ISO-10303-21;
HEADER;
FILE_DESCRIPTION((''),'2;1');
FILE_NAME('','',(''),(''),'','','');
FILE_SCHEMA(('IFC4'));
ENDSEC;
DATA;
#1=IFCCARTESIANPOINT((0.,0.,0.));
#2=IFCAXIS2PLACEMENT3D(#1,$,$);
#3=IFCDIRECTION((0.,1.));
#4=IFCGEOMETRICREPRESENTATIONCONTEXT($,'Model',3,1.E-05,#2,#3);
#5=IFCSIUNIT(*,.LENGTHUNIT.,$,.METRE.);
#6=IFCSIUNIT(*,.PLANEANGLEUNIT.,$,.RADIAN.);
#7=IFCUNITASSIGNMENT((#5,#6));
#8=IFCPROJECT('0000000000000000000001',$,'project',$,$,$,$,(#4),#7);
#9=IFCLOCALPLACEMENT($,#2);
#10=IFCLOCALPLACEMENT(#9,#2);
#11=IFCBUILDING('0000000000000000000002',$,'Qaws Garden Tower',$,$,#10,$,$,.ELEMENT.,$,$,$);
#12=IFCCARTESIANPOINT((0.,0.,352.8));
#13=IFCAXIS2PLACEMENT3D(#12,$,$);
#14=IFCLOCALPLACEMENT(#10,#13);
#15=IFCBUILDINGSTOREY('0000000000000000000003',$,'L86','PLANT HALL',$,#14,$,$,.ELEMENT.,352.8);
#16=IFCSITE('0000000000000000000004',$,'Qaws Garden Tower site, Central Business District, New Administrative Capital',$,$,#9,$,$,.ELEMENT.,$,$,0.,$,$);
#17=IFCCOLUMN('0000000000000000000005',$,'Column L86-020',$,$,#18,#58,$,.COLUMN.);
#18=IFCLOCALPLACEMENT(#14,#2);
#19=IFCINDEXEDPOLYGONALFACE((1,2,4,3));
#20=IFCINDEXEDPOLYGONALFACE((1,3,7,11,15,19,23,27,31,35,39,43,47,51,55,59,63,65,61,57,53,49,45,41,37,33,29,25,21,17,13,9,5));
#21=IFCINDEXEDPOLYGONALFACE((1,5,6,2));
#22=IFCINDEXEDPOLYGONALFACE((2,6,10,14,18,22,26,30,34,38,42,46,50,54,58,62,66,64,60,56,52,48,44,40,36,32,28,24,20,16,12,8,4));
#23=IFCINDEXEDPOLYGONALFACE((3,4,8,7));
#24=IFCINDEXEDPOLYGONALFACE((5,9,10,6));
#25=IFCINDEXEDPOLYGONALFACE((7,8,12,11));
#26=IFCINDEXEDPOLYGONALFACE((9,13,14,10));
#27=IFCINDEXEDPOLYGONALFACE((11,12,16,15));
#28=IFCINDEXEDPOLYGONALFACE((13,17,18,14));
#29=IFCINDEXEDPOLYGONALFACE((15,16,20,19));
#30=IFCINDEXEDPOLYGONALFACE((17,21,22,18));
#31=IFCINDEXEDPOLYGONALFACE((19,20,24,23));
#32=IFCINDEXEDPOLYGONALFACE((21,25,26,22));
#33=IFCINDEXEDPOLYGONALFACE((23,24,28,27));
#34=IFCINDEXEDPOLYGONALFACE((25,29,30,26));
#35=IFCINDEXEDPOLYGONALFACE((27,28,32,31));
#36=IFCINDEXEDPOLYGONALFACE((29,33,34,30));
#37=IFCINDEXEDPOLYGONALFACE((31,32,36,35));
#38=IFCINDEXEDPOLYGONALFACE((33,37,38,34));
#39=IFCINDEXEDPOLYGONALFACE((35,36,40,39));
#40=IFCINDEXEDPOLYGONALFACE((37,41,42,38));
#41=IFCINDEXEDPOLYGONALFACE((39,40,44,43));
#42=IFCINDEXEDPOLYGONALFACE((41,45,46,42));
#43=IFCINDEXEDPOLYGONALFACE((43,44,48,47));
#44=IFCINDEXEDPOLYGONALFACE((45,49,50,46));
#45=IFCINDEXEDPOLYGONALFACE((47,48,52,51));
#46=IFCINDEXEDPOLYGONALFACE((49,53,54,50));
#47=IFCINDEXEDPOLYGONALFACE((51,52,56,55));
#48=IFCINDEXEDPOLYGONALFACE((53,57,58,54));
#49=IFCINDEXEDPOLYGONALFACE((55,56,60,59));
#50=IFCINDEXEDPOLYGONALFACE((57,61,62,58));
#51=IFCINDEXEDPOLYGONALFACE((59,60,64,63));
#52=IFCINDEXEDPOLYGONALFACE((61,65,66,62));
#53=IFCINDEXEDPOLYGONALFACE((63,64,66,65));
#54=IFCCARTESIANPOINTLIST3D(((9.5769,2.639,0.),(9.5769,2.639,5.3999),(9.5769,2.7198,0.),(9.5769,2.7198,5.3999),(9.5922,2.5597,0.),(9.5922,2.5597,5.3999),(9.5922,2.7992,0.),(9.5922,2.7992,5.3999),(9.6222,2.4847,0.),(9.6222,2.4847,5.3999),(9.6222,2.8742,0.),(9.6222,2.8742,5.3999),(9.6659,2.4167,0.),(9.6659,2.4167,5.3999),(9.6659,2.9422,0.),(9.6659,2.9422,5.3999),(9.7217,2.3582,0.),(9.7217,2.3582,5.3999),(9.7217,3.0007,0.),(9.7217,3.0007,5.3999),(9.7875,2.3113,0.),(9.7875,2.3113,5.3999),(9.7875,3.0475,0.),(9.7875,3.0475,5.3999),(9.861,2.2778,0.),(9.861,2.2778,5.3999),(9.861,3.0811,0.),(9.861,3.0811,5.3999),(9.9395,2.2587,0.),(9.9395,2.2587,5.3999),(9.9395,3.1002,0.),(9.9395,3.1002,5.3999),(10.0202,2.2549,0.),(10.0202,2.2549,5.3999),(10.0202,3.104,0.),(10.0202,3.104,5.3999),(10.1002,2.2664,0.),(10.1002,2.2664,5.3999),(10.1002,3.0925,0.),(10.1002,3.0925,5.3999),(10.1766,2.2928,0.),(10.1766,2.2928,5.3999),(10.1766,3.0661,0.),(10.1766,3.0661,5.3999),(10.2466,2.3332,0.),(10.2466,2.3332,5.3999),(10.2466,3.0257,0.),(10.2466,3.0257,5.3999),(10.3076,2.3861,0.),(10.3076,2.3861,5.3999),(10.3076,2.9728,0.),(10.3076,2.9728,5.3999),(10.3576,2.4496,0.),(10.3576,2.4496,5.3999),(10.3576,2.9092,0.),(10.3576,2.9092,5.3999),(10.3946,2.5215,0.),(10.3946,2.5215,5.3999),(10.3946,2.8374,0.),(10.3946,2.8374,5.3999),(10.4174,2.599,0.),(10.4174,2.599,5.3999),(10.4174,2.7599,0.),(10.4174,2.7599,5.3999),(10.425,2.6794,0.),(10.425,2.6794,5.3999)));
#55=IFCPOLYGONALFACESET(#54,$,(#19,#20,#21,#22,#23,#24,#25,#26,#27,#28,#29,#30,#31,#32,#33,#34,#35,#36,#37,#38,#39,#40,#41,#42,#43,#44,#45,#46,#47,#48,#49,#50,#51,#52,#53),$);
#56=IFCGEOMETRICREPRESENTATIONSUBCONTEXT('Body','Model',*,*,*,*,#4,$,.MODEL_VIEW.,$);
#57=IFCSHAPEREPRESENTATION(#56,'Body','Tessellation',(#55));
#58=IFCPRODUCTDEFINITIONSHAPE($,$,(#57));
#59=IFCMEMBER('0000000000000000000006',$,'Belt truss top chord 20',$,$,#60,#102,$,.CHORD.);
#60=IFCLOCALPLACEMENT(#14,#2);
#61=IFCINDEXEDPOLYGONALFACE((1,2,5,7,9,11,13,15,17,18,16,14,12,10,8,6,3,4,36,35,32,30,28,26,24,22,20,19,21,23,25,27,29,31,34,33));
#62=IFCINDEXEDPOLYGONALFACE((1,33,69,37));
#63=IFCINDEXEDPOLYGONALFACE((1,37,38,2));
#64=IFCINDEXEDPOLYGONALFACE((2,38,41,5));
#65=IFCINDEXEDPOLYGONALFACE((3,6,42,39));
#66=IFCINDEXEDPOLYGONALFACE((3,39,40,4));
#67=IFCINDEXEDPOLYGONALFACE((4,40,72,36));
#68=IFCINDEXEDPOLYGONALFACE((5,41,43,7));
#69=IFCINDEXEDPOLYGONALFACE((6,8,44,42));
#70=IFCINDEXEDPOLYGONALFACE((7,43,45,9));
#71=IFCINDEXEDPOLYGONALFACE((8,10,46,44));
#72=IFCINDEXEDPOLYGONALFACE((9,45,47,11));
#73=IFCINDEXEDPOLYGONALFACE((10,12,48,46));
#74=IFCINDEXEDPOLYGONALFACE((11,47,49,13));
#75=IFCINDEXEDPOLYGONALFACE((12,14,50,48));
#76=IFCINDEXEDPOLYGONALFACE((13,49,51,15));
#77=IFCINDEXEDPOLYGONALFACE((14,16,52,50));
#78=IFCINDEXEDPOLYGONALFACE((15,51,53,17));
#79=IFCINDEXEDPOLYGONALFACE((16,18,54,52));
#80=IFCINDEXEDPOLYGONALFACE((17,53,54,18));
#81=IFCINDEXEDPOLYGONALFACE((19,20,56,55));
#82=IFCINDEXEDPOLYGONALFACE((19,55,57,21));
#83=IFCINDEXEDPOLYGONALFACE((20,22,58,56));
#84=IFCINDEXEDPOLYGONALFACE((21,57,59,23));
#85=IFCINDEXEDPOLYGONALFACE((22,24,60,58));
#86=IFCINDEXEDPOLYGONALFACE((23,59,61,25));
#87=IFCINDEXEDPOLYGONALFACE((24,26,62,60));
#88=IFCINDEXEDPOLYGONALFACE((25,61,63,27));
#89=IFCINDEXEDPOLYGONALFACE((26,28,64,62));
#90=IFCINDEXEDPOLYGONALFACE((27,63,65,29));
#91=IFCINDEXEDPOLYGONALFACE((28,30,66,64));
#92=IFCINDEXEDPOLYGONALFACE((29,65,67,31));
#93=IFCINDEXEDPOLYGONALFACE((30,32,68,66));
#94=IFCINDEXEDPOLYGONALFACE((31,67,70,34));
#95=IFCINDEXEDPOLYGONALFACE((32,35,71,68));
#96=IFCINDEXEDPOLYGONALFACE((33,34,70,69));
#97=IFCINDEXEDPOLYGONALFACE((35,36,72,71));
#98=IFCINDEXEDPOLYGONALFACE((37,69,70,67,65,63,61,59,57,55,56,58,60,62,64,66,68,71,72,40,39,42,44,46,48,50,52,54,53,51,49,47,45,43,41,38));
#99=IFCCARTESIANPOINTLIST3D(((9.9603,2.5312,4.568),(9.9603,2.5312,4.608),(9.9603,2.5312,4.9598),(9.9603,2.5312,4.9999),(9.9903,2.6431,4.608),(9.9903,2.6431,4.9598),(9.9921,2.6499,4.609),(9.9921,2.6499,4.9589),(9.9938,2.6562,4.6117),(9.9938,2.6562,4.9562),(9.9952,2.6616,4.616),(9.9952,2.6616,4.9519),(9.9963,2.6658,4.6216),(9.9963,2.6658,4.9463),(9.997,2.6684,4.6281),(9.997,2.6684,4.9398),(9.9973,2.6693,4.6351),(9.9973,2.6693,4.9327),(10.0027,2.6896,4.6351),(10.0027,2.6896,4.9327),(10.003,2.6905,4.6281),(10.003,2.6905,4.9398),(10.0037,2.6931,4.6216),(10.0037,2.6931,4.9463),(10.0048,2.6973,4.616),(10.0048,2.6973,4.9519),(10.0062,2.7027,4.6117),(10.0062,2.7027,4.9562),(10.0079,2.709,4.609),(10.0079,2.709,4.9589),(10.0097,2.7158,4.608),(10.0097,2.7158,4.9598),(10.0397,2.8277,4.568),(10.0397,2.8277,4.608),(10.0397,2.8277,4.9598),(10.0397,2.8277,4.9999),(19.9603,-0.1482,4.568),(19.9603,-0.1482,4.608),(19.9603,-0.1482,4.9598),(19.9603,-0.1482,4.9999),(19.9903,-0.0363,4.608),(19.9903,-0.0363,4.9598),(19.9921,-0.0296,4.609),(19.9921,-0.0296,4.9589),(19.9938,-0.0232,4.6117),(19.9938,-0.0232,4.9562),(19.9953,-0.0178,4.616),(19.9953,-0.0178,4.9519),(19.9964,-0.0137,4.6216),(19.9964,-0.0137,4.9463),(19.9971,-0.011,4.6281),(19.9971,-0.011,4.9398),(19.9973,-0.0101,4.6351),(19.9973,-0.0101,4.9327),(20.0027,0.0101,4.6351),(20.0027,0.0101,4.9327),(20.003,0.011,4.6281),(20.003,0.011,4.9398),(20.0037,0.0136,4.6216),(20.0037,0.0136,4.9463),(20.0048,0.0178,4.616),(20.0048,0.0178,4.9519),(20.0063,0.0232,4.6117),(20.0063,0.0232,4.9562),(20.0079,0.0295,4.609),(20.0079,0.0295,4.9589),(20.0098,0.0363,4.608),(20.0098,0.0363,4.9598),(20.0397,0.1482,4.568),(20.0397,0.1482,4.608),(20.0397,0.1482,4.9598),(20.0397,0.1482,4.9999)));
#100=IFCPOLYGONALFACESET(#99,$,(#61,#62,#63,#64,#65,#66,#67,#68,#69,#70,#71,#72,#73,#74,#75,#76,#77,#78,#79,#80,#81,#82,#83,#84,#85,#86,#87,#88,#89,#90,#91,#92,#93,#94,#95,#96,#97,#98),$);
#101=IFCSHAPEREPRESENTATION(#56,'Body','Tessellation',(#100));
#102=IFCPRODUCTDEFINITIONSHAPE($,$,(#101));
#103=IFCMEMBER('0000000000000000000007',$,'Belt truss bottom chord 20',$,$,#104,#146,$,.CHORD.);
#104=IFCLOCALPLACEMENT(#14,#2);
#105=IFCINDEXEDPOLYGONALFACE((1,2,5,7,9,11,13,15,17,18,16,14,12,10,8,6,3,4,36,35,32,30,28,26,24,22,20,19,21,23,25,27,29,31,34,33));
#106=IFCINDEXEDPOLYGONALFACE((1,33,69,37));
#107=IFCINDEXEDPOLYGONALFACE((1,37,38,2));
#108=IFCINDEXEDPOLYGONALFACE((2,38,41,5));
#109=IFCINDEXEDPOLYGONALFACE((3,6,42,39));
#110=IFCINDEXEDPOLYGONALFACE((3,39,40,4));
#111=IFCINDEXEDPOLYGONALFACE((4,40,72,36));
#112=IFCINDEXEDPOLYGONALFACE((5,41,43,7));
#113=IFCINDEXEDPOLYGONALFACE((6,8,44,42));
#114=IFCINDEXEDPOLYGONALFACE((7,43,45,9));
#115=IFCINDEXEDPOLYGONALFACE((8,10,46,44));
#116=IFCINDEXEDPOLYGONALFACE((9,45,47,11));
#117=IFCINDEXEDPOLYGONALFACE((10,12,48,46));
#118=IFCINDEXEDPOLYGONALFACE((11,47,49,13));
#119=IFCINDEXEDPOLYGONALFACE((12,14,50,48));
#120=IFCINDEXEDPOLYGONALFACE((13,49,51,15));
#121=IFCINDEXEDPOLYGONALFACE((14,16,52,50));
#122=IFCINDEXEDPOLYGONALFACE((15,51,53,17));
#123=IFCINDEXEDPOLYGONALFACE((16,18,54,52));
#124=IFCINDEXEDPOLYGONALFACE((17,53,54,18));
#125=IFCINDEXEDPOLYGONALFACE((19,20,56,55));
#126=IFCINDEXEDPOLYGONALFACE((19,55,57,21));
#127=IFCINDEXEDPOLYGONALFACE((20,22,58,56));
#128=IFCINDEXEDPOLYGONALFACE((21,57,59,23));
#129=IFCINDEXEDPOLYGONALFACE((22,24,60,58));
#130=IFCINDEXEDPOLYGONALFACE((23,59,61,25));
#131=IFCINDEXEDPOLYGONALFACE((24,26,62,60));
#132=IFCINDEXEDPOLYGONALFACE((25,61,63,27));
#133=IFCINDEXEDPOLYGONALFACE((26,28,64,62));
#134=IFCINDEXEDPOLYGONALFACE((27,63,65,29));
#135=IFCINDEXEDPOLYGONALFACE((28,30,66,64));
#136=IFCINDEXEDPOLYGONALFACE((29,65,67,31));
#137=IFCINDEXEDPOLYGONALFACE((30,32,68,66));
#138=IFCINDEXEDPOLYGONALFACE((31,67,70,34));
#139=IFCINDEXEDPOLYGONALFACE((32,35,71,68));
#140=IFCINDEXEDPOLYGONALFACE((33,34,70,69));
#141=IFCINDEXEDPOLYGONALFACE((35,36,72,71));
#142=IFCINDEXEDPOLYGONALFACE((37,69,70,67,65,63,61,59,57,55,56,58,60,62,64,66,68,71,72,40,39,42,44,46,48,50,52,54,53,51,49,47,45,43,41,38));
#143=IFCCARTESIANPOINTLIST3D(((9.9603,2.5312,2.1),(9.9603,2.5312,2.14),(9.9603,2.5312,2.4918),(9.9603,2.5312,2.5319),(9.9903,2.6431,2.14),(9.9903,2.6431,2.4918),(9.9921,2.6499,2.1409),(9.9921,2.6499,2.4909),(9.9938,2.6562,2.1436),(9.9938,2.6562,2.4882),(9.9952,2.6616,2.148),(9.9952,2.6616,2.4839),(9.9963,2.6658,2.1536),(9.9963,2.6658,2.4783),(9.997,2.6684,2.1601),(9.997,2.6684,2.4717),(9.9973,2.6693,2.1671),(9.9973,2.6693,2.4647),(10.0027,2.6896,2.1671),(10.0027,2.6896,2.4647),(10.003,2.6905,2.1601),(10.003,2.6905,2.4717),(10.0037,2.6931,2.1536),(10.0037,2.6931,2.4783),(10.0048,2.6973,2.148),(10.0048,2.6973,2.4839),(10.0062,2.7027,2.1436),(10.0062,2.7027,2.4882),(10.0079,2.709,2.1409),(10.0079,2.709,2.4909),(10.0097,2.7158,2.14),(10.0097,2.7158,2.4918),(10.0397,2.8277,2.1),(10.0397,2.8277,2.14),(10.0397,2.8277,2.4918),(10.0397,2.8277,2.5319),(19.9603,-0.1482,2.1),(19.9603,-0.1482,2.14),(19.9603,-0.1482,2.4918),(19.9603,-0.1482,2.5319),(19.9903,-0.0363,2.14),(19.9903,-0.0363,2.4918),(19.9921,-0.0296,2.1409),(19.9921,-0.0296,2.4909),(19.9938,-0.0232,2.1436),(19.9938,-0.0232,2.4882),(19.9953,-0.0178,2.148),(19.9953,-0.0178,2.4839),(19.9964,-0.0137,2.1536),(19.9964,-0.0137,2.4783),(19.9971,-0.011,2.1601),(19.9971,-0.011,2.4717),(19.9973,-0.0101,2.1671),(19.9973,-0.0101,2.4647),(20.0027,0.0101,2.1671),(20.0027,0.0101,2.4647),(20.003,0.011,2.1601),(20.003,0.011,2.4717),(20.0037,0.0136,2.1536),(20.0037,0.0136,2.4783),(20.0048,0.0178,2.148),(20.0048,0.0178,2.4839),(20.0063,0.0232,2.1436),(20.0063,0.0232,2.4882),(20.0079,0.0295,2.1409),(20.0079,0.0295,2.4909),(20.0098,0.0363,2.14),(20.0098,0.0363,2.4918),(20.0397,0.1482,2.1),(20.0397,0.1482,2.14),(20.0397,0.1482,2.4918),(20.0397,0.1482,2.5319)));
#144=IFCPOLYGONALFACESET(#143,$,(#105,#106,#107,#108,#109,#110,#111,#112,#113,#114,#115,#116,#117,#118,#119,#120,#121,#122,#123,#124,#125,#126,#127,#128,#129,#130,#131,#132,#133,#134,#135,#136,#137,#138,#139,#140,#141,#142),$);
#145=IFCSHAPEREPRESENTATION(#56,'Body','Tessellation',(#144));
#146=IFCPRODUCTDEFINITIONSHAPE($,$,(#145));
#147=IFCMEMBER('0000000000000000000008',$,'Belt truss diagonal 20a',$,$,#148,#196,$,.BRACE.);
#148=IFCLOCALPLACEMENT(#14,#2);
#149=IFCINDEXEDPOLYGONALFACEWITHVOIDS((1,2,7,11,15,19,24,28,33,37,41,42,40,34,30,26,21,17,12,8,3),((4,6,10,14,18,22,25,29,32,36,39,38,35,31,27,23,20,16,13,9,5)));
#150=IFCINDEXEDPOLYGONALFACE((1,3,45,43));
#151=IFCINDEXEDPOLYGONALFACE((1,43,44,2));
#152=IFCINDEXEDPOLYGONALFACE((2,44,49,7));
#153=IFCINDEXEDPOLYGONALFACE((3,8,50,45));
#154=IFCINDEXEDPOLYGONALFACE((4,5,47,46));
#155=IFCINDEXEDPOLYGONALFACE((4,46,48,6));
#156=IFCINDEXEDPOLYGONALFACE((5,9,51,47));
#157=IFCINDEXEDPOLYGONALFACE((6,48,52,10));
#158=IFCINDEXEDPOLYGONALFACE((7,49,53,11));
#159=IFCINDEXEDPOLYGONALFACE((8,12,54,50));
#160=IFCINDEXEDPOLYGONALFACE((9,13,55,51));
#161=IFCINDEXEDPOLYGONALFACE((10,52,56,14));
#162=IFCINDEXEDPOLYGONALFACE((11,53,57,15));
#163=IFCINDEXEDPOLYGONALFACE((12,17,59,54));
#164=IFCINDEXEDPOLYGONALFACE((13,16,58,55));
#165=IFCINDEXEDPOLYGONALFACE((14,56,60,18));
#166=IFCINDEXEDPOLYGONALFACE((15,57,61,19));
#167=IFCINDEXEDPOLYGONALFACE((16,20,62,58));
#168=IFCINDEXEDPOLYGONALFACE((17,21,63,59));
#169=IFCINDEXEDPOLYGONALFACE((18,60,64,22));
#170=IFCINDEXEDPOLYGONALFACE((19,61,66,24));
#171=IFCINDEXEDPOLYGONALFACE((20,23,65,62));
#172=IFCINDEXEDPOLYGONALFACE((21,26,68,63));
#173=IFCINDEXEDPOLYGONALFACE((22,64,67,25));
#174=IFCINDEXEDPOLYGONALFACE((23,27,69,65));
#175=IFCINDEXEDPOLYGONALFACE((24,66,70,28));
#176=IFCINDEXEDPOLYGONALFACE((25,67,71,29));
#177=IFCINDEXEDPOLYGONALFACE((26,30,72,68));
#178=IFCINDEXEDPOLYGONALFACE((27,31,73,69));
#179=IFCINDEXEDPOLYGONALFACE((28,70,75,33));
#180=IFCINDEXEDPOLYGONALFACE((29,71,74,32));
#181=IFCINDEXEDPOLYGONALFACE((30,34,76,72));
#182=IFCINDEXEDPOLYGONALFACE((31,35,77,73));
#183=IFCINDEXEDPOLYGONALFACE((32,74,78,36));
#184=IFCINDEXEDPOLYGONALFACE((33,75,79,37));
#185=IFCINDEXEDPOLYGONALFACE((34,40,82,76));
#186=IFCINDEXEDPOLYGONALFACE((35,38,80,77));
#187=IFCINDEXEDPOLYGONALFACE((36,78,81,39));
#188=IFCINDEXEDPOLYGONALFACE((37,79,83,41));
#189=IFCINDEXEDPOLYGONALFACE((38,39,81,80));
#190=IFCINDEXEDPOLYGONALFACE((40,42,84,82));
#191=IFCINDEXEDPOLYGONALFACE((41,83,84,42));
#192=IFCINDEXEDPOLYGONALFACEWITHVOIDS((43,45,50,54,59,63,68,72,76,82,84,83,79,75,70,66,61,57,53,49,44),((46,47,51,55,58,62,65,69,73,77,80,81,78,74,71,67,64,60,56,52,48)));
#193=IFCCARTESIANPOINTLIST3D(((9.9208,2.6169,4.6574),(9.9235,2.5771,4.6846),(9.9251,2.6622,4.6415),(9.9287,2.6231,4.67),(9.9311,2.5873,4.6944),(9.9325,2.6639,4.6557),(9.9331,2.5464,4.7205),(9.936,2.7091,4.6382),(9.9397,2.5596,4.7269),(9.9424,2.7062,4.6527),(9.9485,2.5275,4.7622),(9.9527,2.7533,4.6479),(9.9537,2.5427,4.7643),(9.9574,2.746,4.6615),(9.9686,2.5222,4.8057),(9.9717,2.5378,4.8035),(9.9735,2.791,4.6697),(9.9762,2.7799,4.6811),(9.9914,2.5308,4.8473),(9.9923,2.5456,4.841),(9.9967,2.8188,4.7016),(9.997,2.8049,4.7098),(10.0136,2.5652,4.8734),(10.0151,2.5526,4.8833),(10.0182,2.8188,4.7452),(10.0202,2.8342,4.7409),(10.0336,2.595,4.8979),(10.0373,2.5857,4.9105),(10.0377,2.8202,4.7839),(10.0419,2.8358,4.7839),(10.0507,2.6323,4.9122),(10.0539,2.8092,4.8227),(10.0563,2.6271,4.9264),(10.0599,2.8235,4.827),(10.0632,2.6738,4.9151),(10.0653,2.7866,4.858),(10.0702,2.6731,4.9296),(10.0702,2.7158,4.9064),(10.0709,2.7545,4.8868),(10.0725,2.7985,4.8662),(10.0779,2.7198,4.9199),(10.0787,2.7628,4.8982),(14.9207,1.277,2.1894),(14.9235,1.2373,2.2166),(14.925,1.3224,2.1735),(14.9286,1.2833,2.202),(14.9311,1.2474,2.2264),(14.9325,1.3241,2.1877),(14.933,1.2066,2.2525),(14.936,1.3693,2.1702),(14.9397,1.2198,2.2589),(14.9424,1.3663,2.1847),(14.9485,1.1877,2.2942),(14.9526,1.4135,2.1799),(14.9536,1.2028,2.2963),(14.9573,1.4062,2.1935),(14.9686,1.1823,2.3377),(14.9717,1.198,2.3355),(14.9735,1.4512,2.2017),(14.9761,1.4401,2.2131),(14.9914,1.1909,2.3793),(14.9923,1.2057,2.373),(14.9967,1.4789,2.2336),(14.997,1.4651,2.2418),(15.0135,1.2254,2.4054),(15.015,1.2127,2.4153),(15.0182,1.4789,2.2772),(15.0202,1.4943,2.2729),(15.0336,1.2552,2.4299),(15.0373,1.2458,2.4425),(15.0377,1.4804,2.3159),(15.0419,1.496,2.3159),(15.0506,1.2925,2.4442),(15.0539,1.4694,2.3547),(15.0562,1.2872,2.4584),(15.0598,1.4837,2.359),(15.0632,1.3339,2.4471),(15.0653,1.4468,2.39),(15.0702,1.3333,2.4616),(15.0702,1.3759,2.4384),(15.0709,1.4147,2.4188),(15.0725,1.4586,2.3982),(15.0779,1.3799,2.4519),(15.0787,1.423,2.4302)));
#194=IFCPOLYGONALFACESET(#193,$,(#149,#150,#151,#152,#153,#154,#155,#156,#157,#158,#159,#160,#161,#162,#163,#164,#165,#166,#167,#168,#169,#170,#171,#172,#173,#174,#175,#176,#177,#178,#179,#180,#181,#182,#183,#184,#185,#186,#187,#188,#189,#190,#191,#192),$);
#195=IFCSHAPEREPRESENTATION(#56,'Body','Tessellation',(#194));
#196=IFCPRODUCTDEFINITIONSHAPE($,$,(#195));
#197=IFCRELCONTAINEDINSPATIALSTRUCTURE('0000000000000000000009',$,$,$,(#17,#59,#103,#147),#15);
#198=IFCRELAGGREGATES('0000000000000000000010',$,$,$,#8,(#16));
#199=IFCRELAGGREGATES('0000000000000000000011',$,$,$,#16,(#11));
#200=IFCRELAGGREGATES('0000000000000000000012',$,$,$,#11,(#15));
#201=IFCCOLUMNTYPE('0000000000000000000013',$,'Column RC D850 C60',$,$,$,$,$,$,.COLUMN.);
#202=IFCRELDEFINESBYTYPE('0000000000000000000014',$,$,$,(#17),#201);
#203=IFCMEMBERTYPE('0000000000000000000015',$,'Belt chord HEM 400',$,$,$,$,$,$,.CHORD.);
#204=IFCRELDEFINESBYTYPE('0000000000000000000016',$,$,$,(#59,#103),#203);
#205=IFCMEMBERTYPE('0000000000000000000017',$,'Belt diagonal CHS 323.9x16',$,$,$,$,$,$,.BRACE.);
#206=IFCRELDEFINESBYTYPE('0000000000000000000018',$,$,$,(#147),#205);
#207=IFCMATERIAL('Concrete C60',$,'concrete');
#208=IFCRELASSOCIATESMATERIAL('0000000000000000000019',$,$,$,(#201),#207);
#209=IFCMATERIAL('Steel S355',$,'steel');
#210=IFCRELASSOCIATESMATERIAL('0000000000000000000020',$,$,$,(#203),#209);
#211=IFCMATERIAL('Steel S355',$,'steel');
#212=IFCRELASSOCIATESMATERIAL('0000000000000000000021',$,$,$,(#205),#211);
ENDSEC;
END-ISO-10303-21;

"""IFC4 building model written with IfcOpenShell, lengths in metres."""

from ifc_helpers import new_model, si_unit, direction, frame, origin, origin_2d, place, context, subcontext, project, spatial, circle, hollow_circle, i_section, extrude, material, material_profile, profile_set, type_object, element, save


model = new_model("IFC4")

# Units and contexts
model_context = context("Model", 3, precision=1e-05, world=origin(), true_north=direction((0.0, 1.0)))
body_context = subcontext(model_context, "Body", "Model", "MODEL_VIEW")
ifc_project = project(units=[si_unit("LENGTHUNIT", "METRE"), si_unit("PLANEANGLEUNIT", "RADIAN")], contexts=[model_context])

# Site, building, storey
site_placement = place(None, origin())
site = spatial("IfcSite", under=ifc_project, at=site_placement, Name="Qaws Garden Tower site, Central Business District, New Administrative Capital", CompositionType="ELEMENT", RefElevation=0.0)
building_placement = place(site_placement, origin())
building = spatial("IfcBuilding", under=site, at=building_placement, Name="Qaws Garden Tower", CompositionType="ELEMENT")
storey_placement = place(building_placement, frame((0.0, 0.0, 352.8)))
storey = spatial("IfcBuildingStorey", under=building, at=storey_placement, Name="L86", Description="PLANT HALL", CompositionType="ELEMENT", Elevation=352.8)

# Column
ifc_material_1 = material(Name="Concrete C60", Category="concrete")
ifc_material_profile_1 = material_profile(ifc_material_1, circle(Radius=0.425, at=origin_2d()), Name="RC D850")
ifc_profile_set_1 = profile_set([ifc_material_profile_1], Name="Concrete C60")
column_type = type_object("IfcColumnType", Name="Column RC D850 C60", PredefinedType="COLUMN", material=ifc_profile_set_1)
column_placement = place(storey_placement, frame((10.0, 2.6794, 0.0), z_axis=(0.0, 0.0, 1.0), x_axis=(1.0, 0.0, 0.0)))
element("IfcColumn", 1, at=column_placement, inside=storey, type_object=column_type, Name="Column L86-020", PredefinedType="COLUMN", context=body_context, shape_type="SweptSolid", body=[
    extrude(circle(Radius=0.425, at=origin_2d()), origin(), (0.0, 0.0, 1.0), 5.3999),
])

# Members
ifc_material_2 = material(Name="Steel S355", Category="steel")
ifc_material_profile_2 = material_profile(ifc_material_2, i_section(OverallWidth=0.3069, OverallDepth=0.4319, WebThickness=0.021, FlangeThickness=0.04, FilletRadius=0.0271, at=origin_2d()), Name="HEM 400")
ifc_profile_set_2 = profile_set([ifc_material_profile_2], Name="Steel S355")
member_type_1 = type_object("IfcMemberType", Name="Belt chord HEM 400", PredefinedType="CHORD", material=ifc_profile_set_2)
for number, where, z_axis, x_axis, name in (
    (2, (10.0, 2.6794, 4.7839), (0.965927, -0.258815, 0.0), (0.258815, 0.965927, 0.0), "Belt truss top chord 20"),
    (3, (10.0, 2.6794, 2.3159), (0.965927, -0.258815, 0.0), (0.258815, 0.965927, 0.0), "Belt truss bottom chord 20"),
):
    element("IfcMember", number, at=place(storey_placement, frame(where, z_axis=z_axis, x_axis=x_axis)), inside=storey, type_object=member_type_1, Name=name, PredefinedType="CHORD", context=body_context, shape_type="SweptSolid", body=[
        extrude(i_section(OverallWidth=0.3069, OverallDepth=0.4319, WebThickness=0.021, FlangeThickness=0.04, FilletRadius=0.0271, at=origin_2d()), origin(), (0.0, 0.0, 1.0), 10.3528),
    ])
ifc_material_3 = material(Name="Steel S355", Category="steel")
ifc_material_profile_3 = material_profile(ifc_material_3, hollow_circle(Radius=0.1619, WallThickness=0.0161, at=origin_2d()), Name="CHS 323.9x16")
ifc_profile_set_3 = profile_set([ifc_material_profile_3], Name="Steel S355")
member_type_2 = type_object("IfcMemberType", Name="Belt diagonal CHS 323.9x16", PredefinedType="BRACE", material=ifc_profile_set_3)
for number, where, z_axis, x_axis, name in (
    (4, (10.0, 2.6794, 4.7839), (0.871892, -0.23364, -0.430369), (0.258837, 0.965921, 0.0), "Belt truss diagonal 20a"),
):
    element("IfcMember", number, at=place(storey_placement, frame(where, z_axis=z_axis, x_axis=x_axis)), inside=storey, type_object=member_type_2, Name=name, PredefinedType="BRACE", context=body_context, shape_type="SweptSolid", body=[
        extrude(hollow_circle(Radius=0.1619, WallThickness=0.0161, at=origin_2d()), origin(), (0.0, 0.0, 1.0), 5.7346),
    ])

save(model, "model.ifc")
